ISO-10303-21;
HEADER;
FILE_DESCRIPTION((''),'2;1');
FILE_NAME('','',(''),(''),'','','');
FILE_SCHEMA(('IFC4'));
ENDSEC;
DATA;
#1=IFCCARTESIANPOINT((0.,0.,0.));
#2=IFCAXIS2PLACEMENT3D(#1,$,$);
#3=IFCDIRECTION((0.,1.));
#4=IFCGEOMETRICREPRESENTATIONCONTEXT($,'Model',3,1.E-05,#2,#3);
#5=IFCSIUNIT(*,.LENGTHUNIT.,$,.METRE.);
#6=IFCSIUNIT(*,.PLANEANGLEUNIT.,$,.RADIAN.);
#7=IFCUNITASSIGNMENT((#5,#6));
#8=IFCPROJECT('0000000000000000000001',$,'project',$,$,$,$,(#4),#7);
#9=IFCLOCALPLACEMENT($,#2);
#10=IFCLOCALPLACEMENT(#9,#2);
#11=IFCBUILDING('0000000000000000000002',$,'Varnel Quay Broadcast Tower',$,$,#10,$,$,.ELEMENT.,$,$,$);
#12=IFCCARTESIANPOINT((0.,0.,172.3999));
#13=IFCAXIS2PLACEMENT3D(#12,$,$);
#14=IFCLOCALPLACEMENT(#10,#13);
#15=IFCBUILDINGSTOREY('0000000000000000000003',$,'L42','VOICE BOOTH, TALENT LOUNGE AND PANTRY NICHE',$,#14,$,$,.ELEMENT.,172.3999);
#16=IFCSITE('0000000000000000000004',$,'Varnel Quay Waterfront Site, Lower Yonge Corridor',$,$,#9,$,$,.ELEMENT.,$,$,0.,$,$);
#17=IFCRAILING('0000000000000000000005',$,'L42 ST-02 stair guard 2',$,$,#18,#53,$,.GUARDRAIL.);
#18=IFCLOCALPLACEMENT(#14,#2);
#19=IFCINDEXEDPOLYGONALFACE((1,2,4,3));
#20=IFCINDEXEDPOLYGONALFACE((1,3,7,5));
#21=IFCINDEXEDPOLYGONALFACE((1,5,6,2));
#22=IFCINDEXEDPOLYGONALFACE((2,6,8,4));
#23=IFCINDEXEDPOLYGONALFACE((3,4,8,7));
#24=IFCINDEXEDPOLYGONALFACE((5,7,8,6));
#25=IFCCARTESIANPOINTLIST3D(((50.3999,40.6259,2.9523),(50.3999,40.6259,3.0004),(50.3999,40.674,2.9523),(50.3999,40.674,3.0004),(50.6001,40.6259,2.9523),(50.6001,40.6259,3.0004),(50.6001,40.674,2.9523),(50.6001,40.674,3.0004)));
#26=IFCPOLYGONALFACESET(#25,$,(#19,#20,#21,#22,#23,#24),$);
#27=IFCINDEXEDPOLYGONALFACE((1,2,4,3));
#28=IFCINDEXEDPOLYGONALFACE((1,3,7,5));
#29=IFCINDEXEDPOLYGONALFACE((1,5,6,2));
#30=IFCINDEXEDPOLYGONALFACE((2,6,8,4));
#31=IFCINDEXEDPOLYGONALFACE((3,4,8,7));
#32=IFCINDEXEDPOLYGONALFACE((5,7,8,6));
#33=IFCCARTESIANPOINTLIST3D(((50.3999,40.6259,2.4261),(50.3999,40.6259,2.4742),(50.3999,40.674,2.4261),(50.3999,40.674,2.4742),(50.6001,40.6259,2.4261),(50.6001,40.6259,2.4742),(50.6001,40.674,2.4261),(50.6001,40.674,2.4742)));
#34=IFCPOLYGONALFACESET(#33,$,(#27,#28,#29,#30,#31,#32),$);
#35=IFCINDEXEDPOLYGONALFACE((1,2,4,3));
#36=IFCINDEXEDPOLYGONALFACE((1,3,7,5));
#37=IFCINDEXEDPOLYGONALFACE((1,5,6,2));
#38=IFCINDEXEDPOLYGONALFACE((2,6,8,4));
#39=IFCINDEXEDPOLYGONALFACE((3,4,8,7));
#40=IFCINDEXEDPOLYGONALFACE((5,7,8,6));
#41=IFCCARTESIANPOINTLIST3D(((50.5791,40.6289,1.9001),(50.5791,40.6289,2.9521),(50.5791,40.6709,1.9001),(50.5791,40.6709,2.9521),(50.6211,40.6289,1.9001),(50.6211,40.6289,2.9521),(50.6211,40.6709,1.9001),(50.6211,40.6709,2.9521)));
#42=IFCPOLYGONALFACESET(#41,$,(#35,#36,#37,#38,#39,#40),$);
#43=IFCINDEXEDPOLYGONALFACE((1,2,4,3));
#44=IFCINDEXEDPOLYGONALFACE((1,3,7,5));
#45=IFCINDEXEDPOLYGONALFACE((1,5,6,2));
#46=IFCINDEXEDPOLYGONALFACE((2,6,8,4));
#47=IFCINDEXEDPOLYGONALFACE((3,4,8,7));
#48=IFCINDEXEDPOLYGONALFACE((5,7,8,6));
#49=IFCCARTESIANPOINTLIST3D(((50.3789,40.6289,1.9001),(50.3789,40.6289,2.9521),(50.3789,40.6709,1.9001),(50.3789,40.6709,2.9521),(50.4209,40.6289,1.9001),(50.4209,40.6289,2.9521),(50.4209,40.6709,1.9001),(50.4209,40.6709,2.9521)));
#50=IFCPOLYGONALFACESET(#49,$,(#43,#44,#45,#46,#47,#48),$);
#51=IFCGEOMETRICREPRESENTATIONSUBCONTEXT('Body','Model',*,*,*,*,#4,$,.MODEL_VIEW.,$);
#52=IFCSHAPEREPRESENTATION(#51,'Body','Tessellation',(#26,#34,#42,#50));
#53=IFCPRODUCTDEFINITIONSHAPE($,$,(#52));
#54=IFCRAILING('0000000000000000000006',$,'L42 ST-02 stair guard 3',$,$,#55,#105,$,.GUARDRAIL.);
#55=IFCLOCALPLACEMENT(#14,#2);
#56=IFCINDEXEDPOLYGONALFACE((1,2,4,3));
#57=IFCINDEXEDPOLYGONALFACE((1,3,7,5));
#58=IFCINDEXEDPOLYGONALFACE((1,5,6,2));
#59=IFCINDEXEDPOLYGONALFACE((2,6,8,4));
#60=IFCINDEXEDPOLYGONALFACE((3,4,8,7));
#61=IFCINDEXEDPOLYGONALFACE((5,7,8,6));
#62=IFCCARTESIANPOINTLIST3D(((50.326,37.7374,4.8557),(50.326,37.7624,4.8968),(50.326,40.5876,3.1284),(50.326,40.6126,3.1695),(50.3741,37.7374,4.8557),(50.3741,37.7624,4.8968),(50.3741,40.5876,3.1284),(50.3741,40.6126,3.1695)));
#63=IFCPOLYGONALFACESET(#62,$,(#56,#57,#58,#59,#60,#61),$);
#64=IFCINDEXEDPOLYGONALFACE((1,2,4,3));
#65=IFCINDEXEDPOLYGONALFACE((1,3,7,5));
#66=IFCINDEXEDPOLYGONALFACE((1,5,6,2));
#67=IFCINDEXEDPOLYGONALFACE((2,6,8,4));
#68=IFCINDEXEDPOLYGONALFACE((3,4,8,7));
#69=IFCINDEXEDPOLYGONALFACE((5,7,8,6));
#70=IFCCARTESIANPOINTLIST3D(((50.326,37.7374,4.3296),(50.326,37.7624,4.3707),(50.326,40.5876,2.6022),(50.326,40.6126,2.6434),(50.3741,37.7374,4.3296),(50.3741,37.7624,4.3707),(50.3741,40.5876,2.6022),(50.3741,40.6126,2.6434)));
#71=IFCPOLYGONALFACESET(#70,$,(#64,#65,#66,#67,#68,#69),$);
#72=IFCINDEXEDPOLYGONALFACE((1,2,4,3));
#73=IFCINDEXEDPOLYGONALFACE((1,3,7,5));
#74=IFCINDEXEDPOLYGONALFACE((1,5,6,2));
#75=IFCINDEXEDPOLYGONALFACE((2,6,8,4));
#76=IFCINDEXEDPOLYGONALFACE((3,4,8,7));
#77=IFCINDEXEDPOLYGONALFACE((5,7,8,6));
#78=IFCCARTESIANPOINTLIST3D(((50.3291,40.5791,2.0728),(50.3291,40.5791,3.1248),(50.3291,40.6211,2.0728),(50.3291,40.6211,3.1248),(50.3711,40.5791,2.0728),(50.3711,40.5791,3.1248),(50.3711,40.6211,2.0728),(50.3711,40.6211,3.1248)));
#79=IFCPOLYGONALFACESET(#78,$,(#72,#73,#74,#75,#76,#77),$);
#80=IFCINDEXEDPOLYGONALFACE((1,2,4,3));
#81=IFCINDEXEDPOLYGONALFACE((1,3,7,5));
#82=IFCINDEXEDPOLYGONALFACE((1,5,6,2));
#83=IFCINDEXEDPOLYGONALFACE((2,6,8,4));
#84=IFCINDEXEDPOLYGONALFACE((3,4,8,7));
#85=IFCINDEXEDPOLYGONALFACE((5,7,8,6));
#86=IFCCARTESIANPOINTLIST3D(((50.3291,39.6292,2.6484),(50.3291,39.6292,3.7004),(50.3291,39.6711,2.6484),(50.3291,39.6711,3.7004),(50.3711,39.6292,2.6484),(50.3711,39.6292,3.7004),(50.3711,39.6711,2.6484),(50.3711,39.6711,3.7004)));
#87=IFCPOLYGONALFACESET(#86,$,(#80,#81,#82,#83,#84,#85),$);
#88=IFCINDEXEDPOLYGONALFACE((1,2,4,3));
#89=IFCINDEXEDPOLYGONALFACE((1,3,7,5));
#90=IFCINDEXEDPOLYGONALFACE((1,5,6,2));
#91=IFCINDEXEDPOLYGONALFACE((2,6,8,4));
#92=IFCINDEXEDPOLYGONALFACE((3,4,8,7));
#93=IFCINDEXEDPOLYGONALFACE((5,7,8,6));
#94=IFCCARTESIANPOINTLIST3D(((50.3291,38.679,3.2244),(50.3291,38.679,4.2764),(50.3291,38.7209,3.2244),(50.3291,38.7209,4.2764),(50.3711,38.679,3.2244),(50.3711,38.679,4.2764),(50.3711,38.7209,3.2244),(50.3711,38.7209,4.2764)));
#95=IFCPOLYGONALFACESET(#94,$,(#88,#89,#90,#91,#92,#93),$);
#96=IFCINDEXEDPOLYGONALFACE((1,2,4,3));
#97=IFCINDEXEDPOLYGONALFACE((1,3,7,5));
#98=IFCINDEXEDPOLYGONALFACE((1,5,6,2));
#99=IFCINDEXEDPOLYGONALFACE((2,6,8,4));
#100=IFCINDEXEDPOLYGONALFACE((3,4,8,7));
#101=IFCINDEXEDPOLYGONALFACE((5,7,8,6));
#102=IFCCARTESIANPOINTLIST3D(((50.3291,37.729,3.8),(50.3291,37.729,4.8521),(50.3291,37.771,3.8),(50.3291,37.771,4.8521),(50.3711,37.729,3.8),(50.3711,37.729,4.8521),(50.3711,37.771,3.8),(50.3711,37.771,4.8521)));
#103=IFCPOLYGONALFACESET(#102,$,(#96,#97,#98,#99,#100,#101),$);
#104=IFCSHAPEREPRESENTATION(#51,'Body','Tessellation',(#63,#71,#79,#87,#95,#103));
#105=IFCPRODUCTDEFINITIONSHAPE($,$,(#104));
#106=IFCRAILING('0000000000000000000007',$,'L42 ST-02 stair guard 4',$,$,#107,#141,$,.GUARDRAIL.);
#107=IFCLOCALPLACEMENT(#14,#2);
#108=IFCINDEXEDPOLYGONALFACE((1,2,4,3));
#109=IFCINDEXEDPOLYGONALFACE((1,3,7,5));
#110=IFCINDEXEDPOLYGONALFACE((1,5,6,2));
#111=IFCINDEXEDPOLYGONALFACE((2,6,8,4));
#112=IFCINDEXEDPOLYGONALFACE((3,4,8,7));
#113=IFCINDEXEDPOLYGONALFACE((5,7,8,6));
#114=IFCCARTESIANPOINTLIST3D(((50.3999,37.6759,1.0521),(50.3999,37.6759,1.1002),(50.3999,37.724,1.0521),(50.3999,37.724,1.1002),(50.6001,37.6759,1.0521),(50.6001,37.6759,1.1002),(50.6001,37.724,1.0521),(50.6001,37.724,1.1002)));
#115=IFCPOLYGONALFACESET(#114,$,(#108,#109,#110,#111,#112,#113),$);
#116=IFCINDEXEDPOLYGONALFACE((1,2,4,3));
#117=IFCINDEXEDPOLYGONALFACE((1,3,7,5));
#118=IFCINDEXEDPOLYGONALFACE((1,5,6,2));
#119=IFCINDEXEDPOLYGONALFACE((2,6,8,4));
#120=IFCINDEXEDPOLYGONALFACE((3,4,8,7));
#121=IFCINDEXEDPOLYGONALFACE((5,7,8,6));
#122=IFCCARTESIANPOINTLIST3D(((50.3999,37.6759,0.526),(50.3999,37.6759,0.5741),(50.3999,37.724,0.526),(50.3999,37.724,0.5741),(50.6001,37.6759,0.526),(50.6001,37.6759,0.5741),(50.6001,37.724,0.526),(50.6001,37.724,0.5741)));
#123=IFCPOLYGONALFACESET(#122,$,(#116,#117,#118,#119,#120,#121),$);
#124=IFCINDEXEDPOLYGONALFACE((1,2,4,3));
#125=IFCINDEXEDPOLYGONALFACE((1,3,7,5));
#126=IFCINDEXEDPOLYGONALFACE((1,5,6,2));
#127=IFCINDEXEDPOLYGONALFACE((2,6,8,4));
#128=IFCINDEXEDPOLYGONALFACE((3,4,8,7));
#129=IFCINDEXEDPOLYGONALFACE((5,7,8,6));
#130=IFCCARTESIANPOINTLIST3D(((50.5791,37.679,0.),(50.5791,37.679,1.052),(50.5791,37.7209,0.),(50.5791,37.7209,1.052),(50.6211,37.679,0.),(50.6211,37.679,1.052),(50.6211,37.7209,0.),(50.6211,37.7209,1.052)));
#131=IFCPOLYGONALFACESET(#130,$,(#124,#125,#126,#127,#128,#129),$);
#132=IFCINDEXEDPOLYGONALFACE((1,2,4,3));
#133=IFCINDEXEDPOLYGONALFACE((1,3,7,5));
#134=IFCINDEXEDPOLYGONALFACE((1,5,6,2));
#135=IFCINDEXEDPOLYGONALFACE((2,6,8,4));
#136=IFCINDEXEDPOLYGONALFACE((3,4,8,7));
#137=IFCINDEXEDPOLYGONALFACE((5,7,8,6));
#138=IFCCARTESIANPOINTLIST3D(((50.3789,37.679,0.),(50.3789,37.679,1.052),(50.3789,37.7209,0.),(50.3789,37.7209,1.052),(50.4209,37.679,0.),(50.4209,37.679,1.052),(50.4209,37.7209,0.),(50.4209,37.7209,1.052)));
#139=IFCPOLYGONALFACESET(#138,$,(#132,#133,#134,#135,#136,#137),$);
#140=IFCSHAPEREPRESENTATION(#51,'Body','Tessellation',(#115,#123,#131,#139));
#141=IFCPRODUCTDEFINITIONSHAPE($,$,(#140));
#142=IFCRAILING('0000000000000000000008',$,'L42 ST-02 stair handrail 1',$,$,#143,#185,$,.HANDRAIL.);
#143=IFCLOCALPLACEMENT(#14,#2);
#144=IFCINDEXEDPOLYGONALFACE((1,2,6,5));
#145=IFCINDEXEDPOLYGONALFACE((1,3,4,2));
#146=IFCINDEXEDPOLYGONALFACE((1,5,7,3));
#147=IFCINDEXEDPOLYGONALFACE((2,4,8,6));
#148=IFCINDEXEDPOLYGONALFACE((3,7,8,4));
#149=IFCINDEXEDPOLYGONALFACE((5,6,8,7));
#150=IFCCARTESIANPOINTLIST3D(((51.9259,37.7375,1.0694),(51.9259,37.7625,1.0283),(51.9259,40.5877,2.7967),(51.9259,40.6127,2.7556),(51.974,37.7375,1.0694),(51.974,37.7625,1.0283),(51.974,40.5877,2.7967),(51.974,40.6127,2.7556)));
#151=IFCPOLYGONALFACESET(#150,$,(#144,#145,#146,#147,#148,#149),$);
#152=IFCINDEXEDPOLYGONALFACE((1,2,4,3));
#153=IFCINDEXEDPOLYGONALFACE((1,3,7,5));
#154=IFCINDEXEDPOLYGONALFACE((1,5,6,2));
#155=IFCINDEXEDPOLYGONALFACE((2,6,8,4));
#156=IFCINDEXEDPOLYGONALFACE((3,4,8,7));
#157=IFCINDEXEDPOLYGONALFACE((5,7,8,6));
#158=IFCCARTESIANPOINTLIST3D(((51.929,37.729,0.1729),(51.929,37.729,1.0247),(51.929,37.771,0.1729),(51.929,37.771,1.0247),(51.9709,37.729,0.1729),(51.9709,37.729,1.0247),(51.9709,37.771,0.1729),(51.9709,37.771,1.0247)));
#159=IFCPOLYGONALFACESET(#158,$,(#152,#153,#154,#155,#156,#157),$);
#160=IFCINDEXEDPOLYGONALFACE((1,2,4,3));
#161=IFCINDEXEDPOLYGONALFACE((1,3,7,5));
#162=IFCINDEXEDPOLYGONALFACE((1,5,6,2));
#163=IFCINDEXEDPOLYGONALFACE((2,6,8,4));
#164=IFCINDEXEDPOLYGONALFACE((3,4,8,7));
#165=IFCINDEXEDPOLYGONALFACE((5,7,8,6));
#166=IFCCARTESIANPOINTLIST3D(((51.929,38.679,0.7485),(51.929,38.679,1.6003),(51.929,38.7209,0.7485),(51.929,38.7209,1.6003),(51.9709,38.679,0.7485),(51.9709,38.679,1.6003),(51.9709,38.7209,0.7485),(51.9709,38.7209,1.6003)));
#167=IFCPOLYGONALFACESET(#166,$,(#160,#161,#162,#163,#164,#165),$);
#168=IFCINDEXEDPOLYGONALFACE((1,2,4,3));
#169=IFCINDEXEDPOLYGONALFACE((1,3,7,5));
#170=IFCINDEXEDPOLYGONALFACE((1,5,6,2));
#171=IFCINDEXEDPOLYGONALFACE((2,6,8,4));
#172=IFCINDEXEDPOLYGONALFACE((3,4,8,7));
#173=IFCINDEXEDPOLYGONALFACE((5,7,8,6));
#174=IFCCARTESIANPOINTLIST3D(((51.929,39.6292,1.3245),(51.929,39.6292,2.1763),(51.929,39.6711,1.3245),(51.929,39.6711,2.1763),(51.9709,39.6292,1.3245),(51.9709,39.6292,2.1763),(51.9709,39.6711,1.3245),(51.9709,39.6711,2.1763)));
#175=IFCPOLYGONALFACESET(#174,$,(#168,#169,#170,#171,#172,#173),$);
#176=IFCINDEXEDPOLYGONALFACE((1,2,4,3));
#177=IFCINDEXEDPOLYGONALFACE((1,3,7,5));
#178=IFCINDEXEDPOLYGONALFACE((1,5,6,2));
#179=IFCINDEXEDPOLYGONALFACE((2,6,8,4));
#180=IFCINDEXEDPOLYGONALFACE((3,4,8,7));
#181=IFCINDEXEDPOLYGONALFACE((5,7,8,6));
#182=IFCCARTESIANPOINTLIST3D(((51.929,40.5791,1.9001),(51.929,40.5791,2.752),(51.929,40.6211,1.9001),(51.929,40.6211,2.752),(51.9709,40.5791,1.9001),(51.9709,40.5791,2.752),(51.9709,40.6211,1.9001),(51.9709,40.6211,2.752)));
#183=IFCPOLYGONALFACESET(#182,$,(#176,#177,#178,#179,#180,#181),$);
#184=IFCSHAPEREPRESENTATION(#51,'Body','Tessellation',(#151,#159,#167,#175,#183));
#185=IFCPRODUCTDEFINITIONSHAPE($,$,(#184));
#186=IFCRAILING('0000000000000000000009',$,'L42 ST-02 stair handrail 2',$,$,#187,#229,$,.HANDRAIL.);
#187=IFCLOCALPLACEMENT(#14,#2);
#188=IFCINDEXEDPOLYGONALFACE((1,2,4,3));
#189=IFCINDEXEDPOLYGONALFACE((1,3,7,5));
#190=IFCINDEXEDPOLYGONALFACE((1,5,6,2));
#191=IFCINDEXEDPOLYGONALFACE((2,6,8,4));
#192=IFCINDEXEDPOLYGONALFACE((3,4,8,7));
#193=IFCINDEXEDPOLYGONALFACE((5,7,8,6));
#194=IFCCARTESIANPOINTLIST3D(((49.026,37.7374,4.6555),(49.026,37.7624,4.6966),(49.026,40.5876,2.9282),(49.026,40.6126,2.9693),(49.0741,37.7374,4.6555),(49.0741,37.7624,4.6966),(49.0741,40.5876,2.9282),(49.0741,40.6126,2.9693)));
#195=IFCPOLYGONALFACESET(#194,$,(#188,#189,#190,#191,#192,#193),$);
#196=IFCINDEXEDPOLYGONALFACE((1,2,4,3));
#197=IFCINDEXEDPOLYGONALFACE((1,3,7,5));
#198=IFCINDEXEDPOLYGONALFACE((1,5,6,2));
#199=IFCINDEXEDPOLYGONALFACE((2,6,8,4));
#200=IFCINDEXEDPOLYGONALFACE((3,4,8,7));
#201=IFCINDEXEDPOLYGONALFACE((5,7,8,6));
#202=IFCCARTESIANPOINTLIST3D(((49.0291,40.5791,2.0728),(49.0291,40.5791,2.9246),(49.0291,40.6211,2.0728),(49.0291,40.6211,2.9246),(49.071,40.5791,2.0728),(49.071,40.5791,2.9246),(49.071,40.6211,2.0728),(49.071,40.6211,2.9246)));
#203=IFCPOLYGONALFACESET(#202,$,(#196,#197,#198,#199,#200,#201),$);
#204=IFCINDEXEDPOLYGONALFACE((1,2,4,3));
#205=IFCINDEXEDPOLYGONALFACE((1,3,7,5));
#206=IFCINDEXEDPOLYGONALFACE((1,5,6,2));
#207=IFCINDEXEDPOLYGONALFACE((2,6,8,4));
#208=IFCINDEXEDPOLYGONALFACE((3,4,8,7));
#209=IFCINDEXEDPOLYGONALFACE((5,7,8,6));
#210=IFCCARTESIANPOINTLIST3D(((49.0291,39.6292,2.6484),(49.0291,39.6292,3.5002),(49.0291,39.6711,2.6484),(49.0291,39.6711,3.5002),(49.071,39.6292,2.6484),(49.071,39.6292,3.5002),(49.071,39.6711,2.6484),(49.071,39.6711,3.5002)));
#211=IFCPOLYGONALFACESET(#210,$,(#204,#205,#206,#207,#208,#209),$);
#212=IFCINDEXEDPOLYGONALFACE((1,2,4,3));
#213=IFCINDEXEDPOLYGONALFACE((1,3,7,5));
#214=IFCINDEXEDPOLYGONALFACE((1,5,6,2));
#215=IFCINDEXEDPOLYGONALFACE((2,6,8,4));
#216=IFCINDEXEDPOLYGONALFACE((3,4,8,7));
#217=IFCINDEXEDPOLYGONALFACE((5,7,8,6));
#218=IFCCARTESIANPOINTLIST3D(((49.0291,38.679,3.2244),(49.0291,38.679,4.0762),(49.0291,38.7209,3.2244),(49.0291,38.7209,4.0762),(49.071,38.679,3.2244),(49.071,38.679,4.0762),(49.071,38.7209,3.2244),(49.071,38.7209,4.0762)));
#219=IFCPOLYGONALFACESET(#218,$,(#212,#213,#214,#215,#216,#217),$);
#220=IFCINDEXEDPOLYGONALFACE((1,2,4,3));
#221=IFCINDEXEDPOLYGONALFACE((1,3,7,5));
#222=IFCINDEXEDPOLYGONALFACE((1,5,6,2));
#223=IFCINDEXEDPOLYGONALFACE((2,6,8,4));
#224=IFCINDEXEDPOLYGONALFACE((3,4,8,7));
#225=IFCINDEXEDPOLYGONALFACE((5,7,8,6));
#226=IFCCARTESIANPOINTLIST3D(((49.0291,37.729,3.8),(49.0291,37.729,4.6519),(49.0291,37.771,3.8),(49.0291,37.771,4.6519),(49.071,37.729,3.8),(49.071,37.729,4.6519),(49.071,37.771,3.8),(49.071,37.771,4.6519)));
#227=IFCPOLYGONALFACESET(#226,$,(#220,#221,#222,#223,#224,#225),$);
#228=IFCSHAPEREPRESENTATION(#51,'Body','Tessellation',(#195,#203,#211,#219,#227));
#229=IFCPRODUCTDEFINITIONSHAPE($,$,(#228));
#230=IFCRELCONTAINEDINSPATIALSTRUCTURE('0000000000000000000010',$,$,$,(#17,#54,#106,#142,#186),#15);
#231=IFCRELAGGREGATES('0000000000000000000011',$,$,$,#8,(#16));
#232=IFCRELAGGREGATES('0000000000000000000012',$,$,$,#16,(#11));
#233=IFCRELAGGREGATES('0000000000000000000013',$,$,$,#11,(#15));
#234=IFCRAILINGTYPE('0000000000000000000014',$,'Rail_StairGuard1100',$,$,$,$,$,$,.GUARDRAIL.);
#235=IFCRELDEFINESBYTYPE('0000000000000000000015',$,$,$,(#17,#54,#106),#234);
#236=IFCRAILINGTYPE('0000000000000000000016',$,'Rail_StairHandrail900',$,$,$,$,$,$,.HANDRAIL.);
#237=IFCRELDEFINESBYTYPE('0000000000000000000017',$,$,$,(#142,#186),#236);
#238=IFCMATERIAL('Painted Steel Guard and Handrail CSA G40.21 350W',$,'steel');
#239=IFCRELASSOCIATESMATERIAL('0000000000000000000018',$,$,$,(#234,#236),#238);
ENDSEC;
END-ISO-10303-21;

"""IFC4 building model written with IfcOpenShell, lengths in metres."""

from ifc_helpers import new_model, si_unit, direction, frame, origin, origin_2d, place, context, subcontext, project, spatial, rectangle, extrude, material, type_object, element, save


model = new_model("IFC4")

# Units and contexts
model_context = context("Model", 3, precision=1e-05, world=origin(), true_north=direction((0.0, 1.0)))
body_context = subcontext(model_context, "Body", "Model", "MODEL_VIEW")
ifc_project = project(units=[si_unit("LENGTHUNIT", "METRE"), si_unit("PLANEANGLEUNIT", "RADIAN")], contexts=[model_context])

# Site, building, storey
site_placement = place(None, origin())
site = spatial("IfcSite", under=ifc_project, at=site_placement, Name="Varnel Quay Waterfront Site, Lower Yonge Corridor", CompositionType="ELEMENT", RefElevation=0.0)
building_placement = place(site_placement, origin())
building = spatial("IfcBuilding", under=site, at=building_placement, Name="Varnel Quay Broadcast Tower", CompositionType="ELEMENT")
storey_placement = place(building_placement, frame((0.0, 0.0, 172.3999)))
storey = spatial("IfcBuildingStorey", under=building, at=storey_placement, Name="L42", Description="VOICE BOOTH, TALENT LOUNGE AND PANTRY NICHE", CompositionType="ELEMENT", Elevation=172.3999)

# Railings
ifc_material_1 = material(Name="Painted Steel Guard and Handrail CSA G40.21 350W", Category="steel")
railing_type_1 = type_object("IfcRailingType", Name="Rail_StairGuard1100", PredefinedType="GUARDRAIL", material=ifc_material_1)
railing_1_placement = place(storey_placement, frame((50.6001, 40.6499, 1.9001)))
element("IfcRailing", 1, at=railing_1_placement, inside=storey, type_object=railing_type_1, Name="L42 ST-02 stair guard 2", PredefinedType="GUARDRAIL", context=body_context, shape_type="SweptSolid", body=[
    extrude(rectangle(XDim=0.0481, YDim=0.0481, at=origin_2d()), frame((0.0, 0.0, 1.0762), z_axis=(-1.0, 0.0, 0.0), x_axis=(0.0, -1.0, 0.0)), (0.0, 0.0, 1.0), 0.2002),
    extrude(rectangle(XDim=0.0481, YDim=0.0481, at=origin_2d()), frame((0.0, 0.0, 0.55), z_axis=(-1.0, 0.0, 0.0), x_axis=(0.0, -1.0, 0.0)), (0.0, 0.0, 1.0), 0.2002),
    extrude(rectangle(XDim=0.042, YDim=0.042, at=origin_2d()), origin(), (0.0, 0.0, 1.0), 1.052),
    extrude(rectangle(XDim=0.042, YDim=0.042, at=origin_2d()), frame((-0.2002, 0.0, 0.0)), (0.0, 0.0, 1.0), 1.052),
])
railing_2_placement = place(storey_placement, frame((50.3501, 40.6001, 2.0728)))
element("IfcRailing", 2, at=railing_2_placement, inside=storey, type_object=railing_type_1, Name="L42 ST-02 stair guard 3", PredefinedType="GUARDRAIL", context=body_context, shape_type="SweptSolid", body=[
    extrude(rectangle(XDim=0.0481, YDim=0.0481, at=origin_2d()), frame((0.0, 0.0, 1.0762), z_axis=(0.0, -0.855203, 0.518294), x_axis=(1.0, 0.0, 0.0)), (0.0, 0.0, 1.0), 3.3328),
    extrude(rectangle(XDim=0.0481, YDim=0.0481, at=origin_2d()), frame((0.0, 0.0, 0.55), z_axis=(0.0, -0.855203, 0.518294), x_axis=(1.0, 0.0, 0.0)), (0.0, 0.0, 1.0), 3.3328),
    extrude(rectangle(XDim=0.042, YDim=0.042, at=origin_2d()), origin(), (0.0, 0.0, 1.0), 1.052),
    extrude(rectangle(XDim=0.042, YDim=0.042, at=origin_2d()), frame((0.0, -0.95, 0.5757)), (0.0, 0.0, 1.0), 1.052),
    extrude(rectangle(XDim=0.042, YDim=0.042, at=origin_2d()), frame((0.0, -1.9001, 1.1516)), (0.0, 0.0, 1.0), 1.052),
    extrude(rectangle(XDim=0.042, YDim=0.042, at=origin_2d()), frame((0.0, -2.8501, 1.7273)), (0.0, 0.0, 1.0), 1.052),
])
railing_3_placement = place(storey_placement, frame((50.6001, 37.7, 0.0)))
element("IfcRailing", 3, at=railing_3_placement, inside=storey, type_object=railing_type_1, Name="L42 ST-02 stair guard 4", PredefinedType="GUARDRAIL", context=body_context, shape_type="SweptSolid", body=[
    extrude(rectangle(XDim=0.0481, YDim=0.0481, at=origin_2d()), frame((0.0, 0.0, 1.0762), z_axis=(-1.0, 0.0, 0.0), x_axis=(0.0, -1.0, 0.0)), (0.0, 0.0, 1.0), 0.2002),
    extrude(rectangle(XDim=0.0481, YDim=0.0481, at=origin_2d()), frame((0.0, 0.0, 0.55), z_axis=(-1.0, 0.0, 0.0), x_axis=(0.0, -1.0, 0.0)), (0.0, 0.0, 1.0), 0.2002),
    extrude(rectangle(XDim=0.042, YDim=0.042, at=origin_2d()), origin(), (0.0, 0.0, 1.0), 1.052),
    extrude(rectangle(XDim=0.042, YDim=0.042, at=origin_2d()), frame((-0.2002, 0.0, 0.0)), (0.0, 0.0, 1.0), 1.052),
])
railing_type_2 = type_object("IfcRailingType", Name="Rail_StairHandrail900", PredefinedType="HANDRAIL", material=ifc_material_1)
railing_4_placement = place(storey_placement, frame((51.95, 37.75, 0.1729)))
element("IfcRailing", 4, at=railing_4_placement, inside=storey, type_object=railing_type_2, Name="L42 ST-02 stair handrail 1", PredefinedType="HANDRAIL", context=body_context, shape_type="SweptSolid", body=[
    extrude(rectangle(XDim=0.0481, YDim=0.0481, at=origin_2d()), frame((0.0, 0.0, 0.876), z_axis=(0.0, 0.855203, 0.518294), x_axis=(-1.0, 0.0, 0.0)), (0.0, 0.0, 1.0), 3.3328),
    extrude(rectangle(XDim=0.042, YDim=0.042, at=origin_2d()), origin(), (0.0, 0.0, 1.0), 0.8518),
    extrude(rectangle(XDim=0.042, YDim=0.042, at=origin_2d()), frame((0.0, 0.95, 0.5757)), (0.0, 0.0, 1.0), 0.8518),
    extrude(rectangle(XDim=0.042, YDim=0.042, at=origin_2d()), frame((0.0, 1.9001, 1.1516)), (0.0, 0.0, 1.0), 0.8518),
    extrude(rectangle(XDim=0.042, YDim=0.042, at=origin_2d()), frame((0.0, 2.8501, 1.7273)), (0.0, 0.0, 1.0), 0.8518),
])
railing_5_placement = place(storey_placement, frame((49.05, 40.6001, 2.0728)))
element("IfcRailing", 5, at=railing_5_placement, inside=storey, type_object=railing_type_2, Name="L42 ST-02 stair handrail 2", PredefinedType="HANDRAIL", context=body_context, shape_type="SweptSolid", body=[
    extrude(rectangle(XDim=0.0481, YDim=0.0481, at=origin_2d()), frame((0.0, 0.0, 0.876), z_axis=(0.0, -0.855203, 0.518294), x_axis=(1.0, 0.0, 0.0)), (0.0, 0.0, 1.0), 3.3328),
    extrude(rectangle(XDim=0.042, YDim=0.042, at=origin_2d()), origin(), (0.0, 0.0, 1.0), 0.8518),
    extrude(rectangle(XDim=0.042, YDim=0.042, at=origin_2d()), frame((0.0, -0.95, 0.5757)), (0.0, 0.0, 1.0), 0.8518),
    extrude(rectangle(XDim=0.042, YDim=0.042, at=origin_2d()), frame((0.0, -1.9001, 1.1516)), (0.0, 0.0, 1.0), 0.8518),
    extrude(rectangle(XDim=0.042, YDim=0.042, at=origin_2d()), frame((0.0, -2.8501, 1.7273)), (0.0, 0.0, 1.0), 0.8518),
])

save(model, "model.ifc")
